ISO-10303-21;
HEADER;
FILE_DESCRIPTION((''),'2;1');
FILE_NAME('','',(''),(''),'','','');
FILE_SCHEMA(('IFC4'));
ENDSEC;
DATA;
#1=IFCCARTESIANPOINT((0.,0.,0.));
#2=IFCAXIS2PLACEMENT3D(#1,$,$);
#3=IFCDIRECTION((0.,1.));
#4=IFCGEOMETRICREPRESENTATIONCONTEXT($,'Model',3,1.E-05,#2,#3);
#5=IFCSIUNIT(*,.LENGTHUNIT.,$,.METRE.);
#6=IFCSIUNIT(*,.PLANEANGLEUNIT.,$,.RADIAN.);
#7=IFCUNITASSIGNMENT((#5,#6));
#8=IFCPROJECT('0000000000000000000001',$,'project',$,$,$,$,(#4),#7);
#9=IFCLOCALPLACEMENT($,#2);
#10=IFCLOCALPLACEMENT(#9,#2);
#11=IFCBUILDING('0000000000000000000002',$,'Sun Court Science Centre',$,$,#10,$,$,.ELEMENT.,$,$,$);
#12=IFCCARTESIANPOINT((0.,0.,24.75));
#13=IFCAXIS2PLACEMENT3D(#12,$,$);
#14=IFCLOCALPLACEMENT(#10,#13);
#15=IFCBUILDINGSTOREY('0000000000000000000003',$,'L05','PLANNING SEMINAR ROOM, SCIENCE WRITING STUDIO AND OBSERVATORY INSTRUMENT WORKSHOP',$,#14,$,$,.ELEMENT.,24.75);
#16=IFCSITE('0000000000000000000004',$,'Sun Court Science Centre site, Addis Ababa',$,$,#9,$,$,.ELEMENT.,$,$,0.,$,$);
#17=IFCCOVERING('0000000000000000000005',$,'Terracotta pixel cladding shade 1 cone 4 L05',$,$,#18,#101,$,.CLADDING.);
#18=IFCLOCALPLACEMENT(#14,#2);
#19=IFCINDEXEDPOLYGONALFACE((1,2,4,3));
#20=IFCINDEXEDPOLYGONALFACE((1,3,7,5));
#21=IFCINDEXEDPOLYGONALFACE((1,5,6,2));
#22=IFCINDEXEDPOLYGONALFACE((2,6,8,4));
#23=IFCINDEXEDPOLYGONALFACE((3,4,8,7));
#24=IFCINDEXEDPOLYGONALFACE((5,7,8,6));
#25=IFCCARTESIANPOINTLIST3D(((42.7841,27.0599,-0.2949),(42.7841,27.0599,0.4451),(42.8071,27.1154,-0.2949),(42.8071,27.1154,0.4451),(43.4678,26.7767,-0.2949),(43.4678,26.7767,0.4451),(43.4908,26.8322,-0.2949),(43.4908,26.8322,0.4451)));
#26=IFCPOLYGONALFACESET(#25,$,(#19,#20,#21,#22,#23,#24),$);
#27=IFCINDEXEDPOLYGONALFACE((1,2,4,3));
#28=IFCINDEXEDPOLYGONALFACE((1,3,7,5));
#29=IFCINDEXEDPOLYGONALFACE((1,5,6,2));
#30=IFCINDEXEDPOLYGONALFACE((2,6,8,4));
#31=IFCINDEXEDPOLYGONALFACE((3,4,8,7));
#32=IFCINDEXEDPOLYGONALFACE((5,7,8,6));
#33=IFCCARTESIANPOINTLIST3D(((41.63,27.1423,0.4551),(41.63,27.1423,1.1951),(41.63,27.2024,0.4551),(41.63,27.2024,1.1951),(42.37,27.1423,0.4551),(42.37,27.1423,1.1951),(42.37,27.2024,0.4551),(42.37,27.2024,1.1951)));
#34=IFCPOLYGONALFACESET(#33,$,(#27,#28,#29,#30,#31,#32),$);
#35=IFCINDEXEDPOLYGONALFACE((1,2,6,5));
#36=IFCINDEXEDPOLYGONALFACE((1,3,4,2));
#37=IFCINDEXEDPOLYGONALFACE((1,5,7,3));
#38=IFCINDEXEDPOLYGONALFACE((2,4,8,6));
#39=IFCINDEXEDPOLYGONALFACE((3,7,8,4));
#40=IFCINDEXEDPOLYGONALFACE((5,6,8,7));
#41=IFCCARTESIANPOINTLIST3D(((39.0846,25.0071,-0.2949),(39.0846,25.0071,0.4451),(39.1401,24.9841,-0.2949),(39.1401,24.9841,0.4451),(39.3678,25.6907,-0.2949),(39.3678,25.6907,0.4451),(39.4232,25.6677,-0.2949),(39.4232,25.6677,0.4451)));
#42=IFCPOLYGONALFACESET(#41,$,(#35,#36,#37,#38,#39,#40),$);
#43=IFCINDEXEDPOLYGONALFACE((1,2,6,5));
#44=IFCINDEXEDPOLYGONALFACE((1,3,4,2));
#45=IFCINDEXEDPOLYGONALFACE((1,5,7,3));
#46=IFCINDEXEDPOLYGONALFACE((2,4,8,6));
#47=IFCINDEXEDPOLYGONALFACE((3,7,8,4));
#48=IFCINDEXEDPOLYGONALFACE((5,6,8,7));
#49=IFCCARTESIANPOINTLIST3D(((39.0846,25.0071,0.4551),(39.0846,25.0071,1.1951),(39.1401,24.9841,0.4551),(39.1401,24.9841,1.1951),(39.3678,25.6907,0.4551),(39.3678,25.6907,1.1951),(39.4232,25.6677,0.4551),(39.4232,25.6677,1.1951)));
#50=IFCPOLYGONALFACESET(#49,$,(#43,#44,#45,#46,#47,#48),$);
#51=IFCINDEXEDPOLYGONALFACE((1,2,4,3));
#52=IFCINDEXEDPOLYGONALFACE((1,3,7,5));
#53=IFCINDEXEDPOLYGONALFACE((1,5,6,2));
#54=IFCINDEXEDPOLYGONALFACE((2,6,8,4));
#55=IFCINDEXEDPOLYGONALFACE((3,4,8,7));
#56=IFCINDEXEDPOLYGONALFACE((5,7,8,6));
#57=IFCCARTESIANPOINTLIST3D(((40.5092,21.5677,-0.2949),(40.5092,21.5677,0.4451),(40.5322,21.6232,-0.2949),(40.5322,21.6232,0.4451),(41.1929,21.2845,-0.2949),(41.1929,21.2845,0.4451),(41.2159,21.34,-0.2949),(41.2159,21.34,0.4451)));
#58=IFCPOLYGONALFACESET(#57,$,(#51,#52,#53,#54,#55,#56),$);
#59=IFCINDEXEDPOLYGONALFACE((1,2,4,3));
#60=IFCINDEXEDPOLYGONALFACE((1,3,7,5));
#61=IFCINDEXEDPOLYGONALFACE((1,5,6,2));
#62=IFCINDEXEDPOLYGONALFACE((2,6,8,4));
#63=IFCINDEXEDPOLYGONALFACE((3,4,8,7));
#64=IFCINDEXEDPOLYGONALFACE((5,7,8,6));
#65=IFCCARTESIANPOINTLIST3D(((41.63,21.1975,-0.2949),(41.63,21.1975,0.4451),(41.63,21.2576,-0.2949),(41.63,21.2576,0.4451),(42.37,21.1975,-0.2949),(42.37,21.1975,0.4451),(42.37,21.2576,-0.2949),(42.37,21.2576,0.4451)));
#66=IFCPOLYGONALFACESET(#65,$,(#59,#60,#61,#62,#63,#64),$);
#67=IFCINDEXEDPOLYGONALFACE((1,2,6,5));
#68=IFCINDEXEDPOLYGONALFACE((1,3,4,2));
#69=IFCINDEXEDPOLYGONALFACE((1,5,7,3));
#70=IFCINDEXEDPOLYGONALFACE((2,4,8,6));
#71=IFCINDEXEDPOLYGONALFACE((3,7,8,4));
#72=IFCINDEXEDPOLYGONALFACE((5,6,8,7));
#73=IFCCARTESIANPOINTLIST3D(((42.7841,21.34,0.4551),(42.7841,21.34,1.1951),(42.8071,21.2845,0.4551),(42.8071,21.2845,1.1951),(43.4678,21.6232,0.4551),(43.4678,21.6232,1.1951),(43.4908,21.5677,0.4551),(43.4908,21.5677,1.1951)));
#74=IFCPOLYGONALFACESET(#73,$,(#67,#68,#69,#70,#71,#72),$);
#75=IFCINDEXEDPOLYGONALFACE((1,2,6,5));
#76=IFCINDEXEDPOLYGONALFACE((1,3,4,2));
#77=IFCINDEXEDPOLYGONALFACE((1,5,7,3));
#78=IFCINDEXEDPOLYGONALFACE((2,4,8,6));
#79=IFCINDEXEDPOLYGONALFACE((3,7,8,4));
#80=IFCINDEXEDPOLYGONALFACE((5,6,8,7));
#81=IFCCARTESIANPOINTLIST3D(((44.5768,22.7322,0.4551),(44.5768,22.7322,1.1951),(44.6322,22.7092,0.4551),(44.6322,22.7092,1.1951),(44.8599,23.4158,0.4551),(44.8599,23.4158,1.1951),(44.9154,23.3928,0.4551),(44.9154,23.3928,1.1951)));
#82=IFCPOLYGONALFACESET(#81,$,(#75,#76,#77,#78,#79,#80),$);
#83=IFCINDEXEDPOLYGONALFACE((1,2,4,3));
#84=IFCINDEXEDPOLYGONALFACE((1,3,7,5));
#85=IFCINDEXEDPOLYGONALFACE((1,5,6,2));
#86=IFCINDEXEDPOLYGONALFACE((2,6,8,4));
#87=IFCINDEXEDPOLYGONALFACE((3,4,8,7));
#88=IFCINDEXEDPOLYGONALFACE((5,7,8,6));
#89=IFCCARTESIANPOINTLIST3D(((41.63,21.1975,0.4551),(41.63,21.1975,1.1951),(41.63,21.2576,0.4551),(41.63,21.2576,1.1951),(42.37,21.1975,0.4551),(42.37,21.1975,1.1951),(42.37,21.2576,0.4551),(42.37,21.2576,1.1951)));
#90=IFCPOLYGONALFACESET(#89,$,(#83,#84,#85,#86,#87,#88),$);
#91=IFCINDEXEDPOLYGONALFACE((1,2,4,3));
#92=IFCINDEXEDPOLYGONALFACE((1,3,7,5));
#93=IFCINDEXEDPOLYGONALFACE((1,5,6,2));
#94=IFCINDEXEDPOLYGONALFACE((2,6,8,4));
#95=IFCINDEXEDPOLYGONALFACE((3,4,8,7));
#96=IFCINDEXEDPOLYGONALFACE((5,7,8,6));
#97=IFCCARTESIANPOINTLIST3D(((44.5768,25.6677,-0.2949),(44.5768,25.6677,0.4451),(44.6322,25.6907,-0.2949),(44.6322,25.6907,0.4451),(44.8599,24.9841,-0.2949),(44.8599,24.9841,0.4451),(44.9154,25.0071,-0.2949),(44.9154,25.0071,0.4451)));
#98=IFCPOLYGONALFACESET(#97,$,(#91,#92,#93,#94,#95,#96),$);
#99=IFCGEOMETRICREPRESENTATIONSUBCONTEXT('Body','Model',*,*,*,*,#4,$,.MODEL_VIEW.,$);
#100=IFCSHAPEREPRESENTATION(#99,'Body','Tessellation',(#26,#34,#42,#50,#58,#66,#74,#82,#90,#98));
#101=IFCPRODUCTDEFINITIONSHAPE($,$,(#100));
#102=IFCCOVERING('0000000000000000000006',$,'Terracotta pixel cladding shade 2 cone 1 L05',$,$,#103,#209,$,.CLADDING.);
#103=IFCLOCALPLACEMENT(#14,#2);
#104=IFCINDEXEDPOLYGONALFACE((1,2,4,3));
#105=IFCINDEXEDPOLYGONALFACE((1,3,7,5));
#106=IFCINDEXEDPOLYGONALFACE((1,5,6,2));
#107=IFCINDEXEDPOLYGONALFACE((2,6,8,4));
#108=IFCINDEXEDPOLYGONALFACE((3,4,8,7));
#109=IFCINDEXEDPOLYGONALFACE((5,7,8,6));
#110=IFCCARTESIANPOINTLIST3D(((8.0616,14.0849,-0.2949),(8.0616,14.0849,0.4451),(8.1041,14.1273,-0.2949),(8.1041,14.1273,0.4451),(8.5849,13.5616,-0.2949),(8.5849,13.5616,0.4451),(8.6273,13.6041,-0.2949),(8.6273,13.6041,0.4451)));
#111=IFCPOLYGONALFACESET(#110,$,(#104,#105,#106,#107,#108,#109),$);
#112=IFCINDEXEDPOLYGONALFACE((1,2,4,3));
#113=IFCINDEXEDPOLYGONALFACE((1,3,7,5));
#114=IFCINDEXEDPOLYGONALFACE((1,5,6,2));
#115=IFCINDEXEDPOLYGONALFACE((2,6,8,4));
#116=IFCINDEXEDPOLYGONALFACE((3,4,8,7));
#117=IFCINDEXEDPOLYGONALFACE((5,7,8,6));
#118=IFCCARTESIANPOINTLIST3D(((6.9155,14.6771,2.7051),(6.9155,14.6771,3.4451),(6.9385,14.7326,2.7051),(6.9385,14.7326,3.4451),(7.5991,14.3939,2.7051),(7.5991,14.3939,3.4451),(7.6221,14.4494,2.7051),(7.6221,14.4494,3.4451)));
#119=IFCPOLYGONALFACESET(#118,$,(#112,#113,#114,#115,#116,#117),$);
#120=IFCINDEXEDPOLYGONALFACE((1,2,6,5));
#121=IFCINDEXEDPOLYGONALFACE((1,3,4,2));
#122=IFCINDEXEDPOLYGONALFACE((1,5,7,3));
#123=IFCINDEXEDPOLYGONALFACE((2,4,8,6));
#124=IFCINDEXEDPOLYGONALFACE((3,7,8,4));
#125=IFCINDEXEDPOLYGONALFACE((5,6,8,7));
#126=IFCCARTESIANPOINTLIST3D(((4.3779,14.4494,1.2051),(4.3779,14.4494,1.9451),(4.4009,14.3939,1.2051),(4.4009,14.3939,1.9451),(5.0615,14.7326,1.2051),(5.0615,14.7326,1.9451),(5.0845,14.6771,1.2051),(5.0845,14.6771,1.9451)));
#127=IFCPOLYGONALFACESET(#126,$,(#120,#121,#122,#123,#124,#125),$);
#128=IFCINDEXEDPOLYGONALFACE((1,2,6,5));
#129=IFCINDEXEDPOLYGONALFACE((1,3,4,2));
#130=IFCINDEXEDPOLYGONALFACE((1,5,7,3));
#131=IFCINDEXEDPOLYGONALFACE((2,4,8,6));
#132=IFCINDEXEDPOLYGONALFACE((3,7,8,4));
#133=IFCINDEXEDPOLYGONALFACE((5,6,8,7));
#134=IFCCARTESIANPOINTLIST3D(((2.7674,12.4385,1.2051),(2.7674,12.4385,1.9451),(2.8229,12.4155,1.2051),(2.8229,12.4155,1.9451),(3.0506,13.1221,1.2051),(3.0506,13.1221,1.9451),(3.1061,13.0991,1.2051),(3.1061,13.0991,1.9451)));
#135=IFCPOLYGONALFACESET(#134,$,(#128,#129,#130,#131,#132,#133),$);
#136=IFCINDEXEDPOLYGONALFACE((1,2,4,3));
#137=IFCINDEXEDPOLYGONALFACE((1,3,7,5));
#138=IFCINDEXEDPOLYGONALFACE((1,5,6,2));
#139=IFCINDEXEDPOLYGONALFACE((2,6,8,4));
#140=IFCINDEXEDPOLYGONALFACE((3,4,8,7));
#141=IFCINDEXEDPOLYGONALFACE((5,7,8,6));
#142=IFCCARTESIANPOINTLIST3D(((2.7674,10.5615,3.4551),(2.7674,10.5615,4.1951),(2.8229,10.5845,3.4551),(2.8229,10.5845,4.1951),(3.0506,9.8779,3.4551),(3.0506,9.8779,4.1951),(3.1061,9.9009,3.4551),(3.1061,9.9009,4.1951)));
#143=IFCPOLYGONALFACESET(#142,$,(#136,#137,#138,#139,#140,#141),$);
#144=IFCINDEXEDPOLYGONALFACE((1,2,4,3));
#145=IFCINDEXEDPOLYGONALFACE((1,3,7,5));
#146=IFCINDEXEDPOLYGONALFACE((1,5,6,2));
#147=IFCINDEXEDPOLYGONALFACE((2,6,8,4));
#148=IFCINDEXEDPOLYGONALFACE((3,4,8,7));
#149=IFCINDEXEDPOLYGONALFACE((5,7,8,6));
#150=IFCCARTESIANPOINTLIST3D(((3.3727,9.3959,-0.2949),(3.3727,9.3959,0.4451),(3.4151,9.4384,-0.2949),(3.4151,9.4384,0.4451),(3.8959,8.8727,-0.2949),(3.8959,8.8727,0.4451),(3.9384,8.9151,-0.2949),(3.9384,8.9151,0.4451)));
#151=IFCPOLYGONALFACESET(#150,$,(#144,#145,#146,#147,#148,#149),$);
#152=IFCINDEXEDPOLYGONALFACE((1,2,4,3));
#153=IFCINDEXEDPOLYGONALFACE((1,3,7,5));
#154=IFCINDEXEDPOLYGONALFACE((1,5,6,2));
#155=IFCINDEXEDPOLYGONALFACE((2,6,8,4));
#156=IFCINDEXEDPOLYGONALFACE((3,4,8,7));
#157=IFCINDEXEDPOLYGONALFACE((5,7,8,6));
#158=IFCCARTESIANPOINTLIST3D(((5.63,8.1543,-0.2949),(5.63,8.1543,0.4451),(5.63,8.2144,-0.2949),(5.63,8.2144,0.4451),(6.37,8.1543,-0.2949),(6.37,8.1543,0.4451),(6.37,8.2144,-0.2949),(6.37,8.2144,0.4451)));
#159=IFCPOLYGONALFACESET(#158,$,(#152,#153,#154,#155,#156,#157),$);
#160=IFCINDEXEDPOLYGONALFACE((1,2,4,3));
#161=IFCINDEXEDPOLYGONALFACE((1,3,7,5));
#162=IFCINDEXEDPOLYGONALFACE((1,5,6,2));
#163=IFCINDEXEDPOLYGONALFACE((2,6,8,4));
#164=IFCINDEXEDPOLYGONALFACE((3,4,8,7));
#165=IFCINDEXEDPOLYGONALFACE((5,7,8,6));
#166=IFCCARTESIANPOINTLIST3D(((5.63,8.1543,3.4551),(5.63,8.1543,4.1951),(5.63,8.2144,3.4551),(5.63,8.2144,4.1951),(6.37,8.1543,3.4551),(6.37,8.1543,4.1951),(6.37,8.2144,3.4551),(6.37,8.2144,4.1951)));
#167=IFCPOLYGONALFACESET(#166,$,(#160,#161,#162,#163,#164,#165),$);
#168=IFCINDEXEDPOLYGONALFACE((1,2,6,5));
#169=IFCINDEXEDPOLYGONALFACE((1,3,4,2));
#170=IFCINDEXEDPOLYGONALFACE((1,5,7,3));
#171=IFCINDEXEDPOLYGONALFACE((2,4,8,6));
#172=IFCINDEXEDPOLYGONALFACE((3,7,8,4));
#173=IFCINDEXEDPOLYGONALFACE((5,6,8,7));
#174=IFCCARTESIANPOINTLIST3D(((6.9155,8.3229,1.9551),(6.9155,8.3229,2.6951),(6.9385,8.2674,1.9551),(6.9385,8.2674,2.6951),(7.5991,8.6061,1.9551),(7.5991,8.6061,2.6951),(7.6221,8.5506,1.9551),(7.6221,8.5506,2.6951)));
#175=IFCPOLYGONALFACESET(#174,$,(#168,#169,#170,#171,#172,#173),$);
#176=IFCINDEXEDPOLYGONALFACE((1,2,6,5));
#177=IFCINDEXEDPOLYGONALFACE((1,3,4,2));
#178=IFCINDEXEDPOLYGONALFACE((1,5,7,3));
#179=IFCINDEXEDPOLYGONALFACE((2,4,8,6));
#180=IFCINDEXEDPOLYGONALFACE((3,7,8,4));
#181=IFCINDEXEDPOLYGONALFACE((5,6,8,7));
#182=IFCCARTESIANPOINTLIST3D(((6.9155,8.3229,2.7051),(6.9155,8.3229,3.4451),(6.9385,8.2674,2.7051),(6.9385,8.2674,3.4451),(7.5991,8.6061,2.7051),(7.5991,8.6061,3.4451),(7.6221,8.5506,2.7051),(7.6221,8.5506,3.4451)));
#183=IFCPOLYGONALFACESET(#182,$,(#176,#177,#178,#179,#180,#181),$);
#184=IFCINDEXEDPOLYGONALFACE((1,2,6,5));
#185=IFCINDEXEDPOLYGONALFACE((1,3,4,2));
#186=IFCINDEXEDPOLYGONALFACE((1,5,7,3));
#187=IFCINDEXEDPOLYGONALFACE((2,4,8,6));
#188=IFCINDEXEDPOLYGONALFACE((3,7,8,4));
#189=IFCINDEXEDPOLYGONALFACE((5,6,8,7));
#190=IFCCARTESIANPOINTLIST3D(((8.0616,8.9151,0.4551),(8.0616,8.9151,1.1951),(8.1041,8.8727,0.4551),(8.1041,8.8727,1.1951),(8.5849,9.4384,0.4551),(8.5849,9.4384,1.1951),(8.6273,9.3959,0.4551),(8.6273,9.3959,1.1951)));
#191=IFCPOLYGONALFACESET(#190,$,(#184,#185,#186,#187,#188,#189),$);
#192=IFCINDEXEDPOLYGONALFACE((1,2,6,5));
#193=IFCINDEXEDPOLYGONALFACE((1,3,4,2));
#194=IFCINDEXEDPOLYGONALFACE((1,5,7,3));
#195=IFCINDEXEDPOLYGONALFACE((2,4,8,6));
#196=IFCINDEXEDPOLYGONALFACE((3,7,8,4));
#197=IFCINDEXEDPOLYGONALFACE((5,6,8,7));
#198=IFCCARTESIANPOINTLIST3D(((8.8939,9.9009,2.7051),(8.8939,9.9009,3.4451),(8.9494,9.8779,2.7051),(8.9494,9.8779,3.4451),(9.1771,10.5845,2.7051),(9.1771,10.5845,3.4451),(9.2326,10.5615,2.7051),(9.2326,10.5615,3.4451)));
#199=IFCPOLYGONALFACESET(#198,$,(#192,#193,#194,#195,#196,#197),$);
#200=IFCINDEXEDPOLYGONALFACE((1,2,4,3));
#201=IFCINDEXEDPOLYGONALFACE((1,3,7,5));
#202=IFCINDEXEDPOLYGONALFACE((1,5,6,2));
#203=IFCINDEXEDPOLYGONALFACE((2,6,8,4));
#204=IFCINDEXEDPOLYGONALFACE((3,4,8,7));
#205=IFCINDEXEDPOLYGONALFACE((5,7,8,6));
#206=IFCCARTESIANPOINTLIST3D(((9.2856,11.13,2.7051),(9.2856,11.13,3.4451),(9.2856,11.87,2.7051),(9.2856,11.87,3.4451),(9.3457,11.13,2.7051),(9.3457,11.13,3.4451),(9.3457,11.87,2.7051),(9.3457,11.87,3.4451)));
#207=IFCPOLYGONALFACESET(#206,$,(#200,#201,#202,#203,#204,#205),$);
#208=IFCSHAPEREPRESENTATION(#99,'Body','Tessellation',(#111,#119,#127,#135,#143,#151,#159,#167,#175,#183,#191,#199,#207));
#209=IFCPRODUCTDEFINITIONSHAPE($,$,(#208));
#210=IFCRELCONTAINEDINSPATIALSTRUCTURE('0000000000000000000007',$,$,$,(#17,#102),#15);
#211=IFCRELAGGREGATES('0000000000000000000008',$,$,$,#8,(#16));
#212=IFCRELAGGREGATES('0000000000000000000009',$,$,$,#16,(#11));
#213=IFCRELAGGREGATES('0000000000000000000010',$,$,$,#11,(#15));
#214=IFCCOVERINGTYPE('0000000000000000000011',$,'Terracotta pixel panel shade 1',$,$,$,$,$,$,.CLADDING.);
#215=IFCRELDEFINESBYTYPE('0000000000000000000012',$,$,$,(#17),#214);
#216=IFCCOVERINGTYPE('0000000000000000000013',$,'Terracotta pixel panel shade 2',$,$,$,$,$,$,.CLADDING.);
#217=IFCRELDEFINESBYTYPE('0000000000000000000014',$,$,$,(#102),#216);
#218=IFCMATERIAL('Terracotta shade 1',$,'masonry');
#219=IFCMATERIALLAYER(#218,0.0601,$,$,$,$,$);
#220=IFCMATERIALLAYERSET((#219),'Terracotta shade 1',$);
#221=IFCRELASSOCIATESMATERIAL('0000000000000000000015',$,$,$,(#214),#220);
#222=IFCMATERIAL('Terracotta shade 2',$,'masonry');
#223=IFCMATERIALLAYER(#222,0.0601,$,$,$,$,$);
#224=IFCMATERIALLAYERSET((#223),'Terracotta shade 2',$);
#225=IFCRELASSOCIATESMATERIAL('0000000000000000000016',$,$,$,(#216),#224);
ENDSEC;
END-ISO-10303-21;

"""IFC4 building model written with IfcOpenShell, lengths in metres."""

from ifc_helpers import new_model, si_unit, direction, frame, origin, origin_2d, place, context, subcontext, project, spatial, rectangle, extrude, material, layer, layer_set, type_object, element, save


model = new_model("IFC4")

# Units and contexts
model_context = context("Model", 3, precision=1e-05, world=origin(), true_north=direction((0.0, 1.0)))
body_context = subcontext(model_context, "Body", "Model", "MODEL_VIEW")
ifc_project = project(units=[si_unit("LENGTHUNIT", "METRE"), si_unit("PLANEANGLEUNIT", "RADIAN")], contexts=[model_context])

# Site, building, storey
site_placement = place(None, origin())
site = spatial("IfcSite", under=ifc_project, at=site_placement, Name="Sun Court Science Centre site, Addis Ababa", CompositionType="ELEMENT", RefElevation=0.0)
building_placement = place(site_placement, origin())
building = spatial("IfcBuilding", under=site, at=building_placement, Name="Sun Court Science Centre", CompositionType="ELEMENT")
storey_placement = place(building_placement, frame((0.0, 0.0, 24.75)))
storey = spatial("IfcBuildingStorey", under=building, at=storey_placement, Name="L05", Description="PLANNING SEMINAR ROOM, SCIENCE WRITING STUDIO AND OBSERVATORY INSTRUMENT WORKSHOP", CompositionType="ELEMENT", Elevation=24.75)

# Coverings
ifc_material_1 = material(Name="Terracotta shade 1", Category="masonry")
ifc_layer_1 = layer(ifc_material_1, 0.0601)
ifc_layer_set_1 = layer_set([ifc_layer_1], Name="Terracotta shade 1")
covering_type_1 = type_object("IfcCoveringType", Name="Terracotta pixel panel shade 1", PredefinedType="CLADDING", material=ifc_layer_set_1)
covering_1_placement = place(storey_placement, frame((0.0, 0.0, -24.75)))
element("IfcCovering", 1, at=covering_1_placement, inside=storey, type_object=covering_type_1, Name="Terracotta pixel cladding shade 1 cone 4 L05", PredefinedType="CLADDING", context=body_context, shape_type="SweptSolid", body=[
    extrude(rectangle(XDim=0.74, YDim=0.0601, at=origin_2d()), frame((43.1375, 26.946, 24.4551), z_axis=(0.0, 0.0, 1.0), x_axis=(0.92388, -0.382683, 0.0)), (0.0, 0.0, 1.0), 0.74),
    extrude(rectangle(XDim=0.74, YDim=0.0601, at=origin_2d()), frame((42.0, 27.1724, 25.2051), z_axis=(0.0, 0.0, 1.0), x_axis=(1.0, 0.0, 0.0)), (0.0, 0.0, 1.0), 0.74),
    extrude(rectangle(XDim=0.74, YDim=0.0601, at=origin_2d()), frame((39.2539, 25.3374, 24.4551), z_axis=(0.0, 0.0, 1.0), x_axis=(0.382683, 0.92388, 0.0)), (0.0, 0.0, 1.0), 0.74),
    extrude(rectangle(XDim=0.74, YDim=0.0601, at=origin_2d()), frame((39.2539, 25.3374, 25.2051), z_axis=(0.0, 0.0, 1.0), x_axis=(0.382683, 0.92388, 0.0)), (0.0, 0.0, 1.0), 0.74),
    extrude(rectangle(XDim=0.74, YDim=0.0601, at=origin_2d()), frame((40.8625, 21.4539, 24.4551), z_axis=(0.0, 0.0, 1.0), x_axis=(-0.92388, 0.382683, 0.0)), (0.0, 0.0, 1.0), 0.74),
    extrude(rectangle(XDim=0.74, YDim=0.0601, at=origin_2d()), frame((42.0, 21.2275, 24.4551), z_axis=(0.0, 0.0, 1.0), x_axis=(-1.0, 0.0, 0.0)), (0.0, 0.0, 1.0), 0.74),
    extrude(rectangle(XDim=0.74, YDim=0.0601, at=origin_2d()), frame((43.1375, 21.4539, 25.2051), z_axis=(0.0, 0.0, 1.0), x_axis=(-0.92388, -0.382683, 0.0)), (0.0, 0.0, 1.0), 0.74),
    extrude(rectangle(XDim=0.74, YDim=0.0601, at=origin_2d()), frame((44.7461, 23.0625, 25.2051), z_axis=(0.0, 0.0, 1.0), x_axis=(-0.382683, -0.92388, 0.0)), (0.0, 0.0, 1.0), 0.74),
    extrude(rectangle(XDim=0.74, YDim=0.0601, at=origin_2d()), frame((42.0, 21.2275, 25.2051), z_axis=(0.0, 0.0, 1.0), x_axis=(-1.0, 0.0, 0.0)), (0.0, 0.0, 1.0), 0.74),
    extrude(rectangle(XDim=0.74, YDim=0.0601, at=origin_2d()), frame((44.7461, 25.3374, 24.4551), z_axis=(0.0, 0.0, 1.0), x_axis=(0.382683, -0.92388, 0.0)), (0.0, 0.0, 1.0), 0.74),
])
ifc_material_2 = material(Name="Terracotta shade 2", Category="masonry")
ifc_layer_2 = layer(ifc_material_2, 0.0601)
ifc_layer_set_2 = layer_set([ifc_layer_2], Name="Terracotta shade 2")
covering_type_2 = type_object("IfcCoveringType", Name="Terracotta pixel panel shade 2", PredefinedType="CLADDING", material=ifc_layer_set_2)
covering_2_placement = place(storey_placement, frame((0.0, 0.0, -24.75)))
element("IfcCovering", 2, at=covering_2_placement, inside=storey, type_object=covering_type_2, Name="Terracotta pixel cladding shade 2 cone 1 L05", PredefinedType="CLADDING", context=body_context, shape_type="SweptSolid", body=[
    extrude(rectangle(XDim=0.74, YDim=0.0601, at=origin_2d()), frame((8.3445, 13.8445, 24.4551), z_axis=(0.0, 0.0, 1.0), x_axis=(0.707107, -0.707107, 0.0)), (0.0, 0.0, 1.0), 0.74),
    extrude(rectangle(XDim=0.74, YDim=0.0601, at=origin_2d()), frame((7.2688, 14.5632, 27.4551), z_axis=(0.0, 0.0, 1.0), x_axis=(0.92388, -0.382683, 0.0)), (0.0, 0.0, 1.0), 0.74),
    extrude(rectangle(XDim=0.74, YDim=0.0601, at=origin_2d()), frame((4.7312, 14.5632, 25.9551), z_axis=(0.0, 0.0, 1.0), x_axis=(0.92388, 0.382683, 0.0)), (0.0, 0.0, 1.0), 0.74),
    extrude(rectangle(XDim=0.74, YDim=0.0601, at=origin_2d()), frame((2.9368, 12.7688, 25.9551), z_axis=(0.0, 0.0, 1.0), x_axis=(0.382683, 0.92388, 0.0)), (0.0, 0.0, 1.0), 0.74),
    extrude(rectangle(XDim=0.74, YDim=0.0601, at=origin_2d()), frame((2.9368, 10.2312, 28.2051), z_axis=(0.0, 0.0, 1.0), x_axis=(-0.382683, 0.92388, 0.0)), (0.0, 0.0, 1.0), 0.74),
    extrude(rectangle(XDim=0.74, YDim=0.0601, at=origin_2d()), frame((3.6555, 9.1555, 24.4551), z_axis=(0.0, 0.0, 1.0), x_axis=(-0.707107, 0.707107, 0.0)), (0.0, 0.0, 1.0), 0.74),
    extrude(rectangle(XDim=0.74, YDim=0.0601, at=origin_2d()), frame((6.0, 8.1843, 24.4551), z_axis=(0.0, 0.0, 1.0), x_axis=(-1.0, 0.0, 0.0)), (0.0, 0.0, 1.0), 0.74),
    extrude(rectangle(XDim=0.74, YDim=0.0601, at=origin_2d()), frame((6.0, 8.1843, 28.2051), z_axis=(0.0, 0.0, 1.0), x_axis=(-1.0, 0.0, 0.0)), (0.0, 0.0, 1.0), 0.74),
    extrude(rectangle(XDim=0.74, YDim=0.0601, at=origin_2d()), frame((7.2688, 8.4368, 26.7051), z_axis=(0.0, 0.0, 1.0), x_axis=(-0.92388, -0.382683, 0.0)), (0.0, 0.0, 1.0), 0.74),
    extrude(rectangle(XDim=0.74, YDim=0.0601, at=origin_2d()), frame((7.2688, 8.4368, 27.4551), z_axis=(0.0, 0.0, 1.0), x_axis=(-0.92388, -0.382683, 0.0)), (0.0, 0.0, 1.0), 0.74),
    extrude(rectangle(XDim=0.74, YDim=0.0601, at=origin_2d()), frame((8.3445, 9.1555, 25.2051), z_axis=(0.0, 0.0, 1.0), x_axis=(-0.707107, -0.707107, 0.0)), (0.0, 0.0, 1.0), 0.74),
    extrude(rectangle(XDim=0.74, YDim=0.0601, at=origin_2d()), frame((9.0632, 10.2312, 27.4551), z_axis=(0.0, 0.0, 1.0), x_axis=(-0.382683, -0.92388, 0.0)), (0.0, 0.0, 1.0), 0.74),
    extrude(rectangle(XDim=0.74, YDim=0.0601, at=origin_2d()), frame((9.3157, 11.5, 27.4551), z_axis=(0.0, 0.0, 1.0), x_axis=(0.0, -1.0, 0.0)), (0.0, 0.0, 1.0), 0.74),
])

save(model, "model.ifc")
